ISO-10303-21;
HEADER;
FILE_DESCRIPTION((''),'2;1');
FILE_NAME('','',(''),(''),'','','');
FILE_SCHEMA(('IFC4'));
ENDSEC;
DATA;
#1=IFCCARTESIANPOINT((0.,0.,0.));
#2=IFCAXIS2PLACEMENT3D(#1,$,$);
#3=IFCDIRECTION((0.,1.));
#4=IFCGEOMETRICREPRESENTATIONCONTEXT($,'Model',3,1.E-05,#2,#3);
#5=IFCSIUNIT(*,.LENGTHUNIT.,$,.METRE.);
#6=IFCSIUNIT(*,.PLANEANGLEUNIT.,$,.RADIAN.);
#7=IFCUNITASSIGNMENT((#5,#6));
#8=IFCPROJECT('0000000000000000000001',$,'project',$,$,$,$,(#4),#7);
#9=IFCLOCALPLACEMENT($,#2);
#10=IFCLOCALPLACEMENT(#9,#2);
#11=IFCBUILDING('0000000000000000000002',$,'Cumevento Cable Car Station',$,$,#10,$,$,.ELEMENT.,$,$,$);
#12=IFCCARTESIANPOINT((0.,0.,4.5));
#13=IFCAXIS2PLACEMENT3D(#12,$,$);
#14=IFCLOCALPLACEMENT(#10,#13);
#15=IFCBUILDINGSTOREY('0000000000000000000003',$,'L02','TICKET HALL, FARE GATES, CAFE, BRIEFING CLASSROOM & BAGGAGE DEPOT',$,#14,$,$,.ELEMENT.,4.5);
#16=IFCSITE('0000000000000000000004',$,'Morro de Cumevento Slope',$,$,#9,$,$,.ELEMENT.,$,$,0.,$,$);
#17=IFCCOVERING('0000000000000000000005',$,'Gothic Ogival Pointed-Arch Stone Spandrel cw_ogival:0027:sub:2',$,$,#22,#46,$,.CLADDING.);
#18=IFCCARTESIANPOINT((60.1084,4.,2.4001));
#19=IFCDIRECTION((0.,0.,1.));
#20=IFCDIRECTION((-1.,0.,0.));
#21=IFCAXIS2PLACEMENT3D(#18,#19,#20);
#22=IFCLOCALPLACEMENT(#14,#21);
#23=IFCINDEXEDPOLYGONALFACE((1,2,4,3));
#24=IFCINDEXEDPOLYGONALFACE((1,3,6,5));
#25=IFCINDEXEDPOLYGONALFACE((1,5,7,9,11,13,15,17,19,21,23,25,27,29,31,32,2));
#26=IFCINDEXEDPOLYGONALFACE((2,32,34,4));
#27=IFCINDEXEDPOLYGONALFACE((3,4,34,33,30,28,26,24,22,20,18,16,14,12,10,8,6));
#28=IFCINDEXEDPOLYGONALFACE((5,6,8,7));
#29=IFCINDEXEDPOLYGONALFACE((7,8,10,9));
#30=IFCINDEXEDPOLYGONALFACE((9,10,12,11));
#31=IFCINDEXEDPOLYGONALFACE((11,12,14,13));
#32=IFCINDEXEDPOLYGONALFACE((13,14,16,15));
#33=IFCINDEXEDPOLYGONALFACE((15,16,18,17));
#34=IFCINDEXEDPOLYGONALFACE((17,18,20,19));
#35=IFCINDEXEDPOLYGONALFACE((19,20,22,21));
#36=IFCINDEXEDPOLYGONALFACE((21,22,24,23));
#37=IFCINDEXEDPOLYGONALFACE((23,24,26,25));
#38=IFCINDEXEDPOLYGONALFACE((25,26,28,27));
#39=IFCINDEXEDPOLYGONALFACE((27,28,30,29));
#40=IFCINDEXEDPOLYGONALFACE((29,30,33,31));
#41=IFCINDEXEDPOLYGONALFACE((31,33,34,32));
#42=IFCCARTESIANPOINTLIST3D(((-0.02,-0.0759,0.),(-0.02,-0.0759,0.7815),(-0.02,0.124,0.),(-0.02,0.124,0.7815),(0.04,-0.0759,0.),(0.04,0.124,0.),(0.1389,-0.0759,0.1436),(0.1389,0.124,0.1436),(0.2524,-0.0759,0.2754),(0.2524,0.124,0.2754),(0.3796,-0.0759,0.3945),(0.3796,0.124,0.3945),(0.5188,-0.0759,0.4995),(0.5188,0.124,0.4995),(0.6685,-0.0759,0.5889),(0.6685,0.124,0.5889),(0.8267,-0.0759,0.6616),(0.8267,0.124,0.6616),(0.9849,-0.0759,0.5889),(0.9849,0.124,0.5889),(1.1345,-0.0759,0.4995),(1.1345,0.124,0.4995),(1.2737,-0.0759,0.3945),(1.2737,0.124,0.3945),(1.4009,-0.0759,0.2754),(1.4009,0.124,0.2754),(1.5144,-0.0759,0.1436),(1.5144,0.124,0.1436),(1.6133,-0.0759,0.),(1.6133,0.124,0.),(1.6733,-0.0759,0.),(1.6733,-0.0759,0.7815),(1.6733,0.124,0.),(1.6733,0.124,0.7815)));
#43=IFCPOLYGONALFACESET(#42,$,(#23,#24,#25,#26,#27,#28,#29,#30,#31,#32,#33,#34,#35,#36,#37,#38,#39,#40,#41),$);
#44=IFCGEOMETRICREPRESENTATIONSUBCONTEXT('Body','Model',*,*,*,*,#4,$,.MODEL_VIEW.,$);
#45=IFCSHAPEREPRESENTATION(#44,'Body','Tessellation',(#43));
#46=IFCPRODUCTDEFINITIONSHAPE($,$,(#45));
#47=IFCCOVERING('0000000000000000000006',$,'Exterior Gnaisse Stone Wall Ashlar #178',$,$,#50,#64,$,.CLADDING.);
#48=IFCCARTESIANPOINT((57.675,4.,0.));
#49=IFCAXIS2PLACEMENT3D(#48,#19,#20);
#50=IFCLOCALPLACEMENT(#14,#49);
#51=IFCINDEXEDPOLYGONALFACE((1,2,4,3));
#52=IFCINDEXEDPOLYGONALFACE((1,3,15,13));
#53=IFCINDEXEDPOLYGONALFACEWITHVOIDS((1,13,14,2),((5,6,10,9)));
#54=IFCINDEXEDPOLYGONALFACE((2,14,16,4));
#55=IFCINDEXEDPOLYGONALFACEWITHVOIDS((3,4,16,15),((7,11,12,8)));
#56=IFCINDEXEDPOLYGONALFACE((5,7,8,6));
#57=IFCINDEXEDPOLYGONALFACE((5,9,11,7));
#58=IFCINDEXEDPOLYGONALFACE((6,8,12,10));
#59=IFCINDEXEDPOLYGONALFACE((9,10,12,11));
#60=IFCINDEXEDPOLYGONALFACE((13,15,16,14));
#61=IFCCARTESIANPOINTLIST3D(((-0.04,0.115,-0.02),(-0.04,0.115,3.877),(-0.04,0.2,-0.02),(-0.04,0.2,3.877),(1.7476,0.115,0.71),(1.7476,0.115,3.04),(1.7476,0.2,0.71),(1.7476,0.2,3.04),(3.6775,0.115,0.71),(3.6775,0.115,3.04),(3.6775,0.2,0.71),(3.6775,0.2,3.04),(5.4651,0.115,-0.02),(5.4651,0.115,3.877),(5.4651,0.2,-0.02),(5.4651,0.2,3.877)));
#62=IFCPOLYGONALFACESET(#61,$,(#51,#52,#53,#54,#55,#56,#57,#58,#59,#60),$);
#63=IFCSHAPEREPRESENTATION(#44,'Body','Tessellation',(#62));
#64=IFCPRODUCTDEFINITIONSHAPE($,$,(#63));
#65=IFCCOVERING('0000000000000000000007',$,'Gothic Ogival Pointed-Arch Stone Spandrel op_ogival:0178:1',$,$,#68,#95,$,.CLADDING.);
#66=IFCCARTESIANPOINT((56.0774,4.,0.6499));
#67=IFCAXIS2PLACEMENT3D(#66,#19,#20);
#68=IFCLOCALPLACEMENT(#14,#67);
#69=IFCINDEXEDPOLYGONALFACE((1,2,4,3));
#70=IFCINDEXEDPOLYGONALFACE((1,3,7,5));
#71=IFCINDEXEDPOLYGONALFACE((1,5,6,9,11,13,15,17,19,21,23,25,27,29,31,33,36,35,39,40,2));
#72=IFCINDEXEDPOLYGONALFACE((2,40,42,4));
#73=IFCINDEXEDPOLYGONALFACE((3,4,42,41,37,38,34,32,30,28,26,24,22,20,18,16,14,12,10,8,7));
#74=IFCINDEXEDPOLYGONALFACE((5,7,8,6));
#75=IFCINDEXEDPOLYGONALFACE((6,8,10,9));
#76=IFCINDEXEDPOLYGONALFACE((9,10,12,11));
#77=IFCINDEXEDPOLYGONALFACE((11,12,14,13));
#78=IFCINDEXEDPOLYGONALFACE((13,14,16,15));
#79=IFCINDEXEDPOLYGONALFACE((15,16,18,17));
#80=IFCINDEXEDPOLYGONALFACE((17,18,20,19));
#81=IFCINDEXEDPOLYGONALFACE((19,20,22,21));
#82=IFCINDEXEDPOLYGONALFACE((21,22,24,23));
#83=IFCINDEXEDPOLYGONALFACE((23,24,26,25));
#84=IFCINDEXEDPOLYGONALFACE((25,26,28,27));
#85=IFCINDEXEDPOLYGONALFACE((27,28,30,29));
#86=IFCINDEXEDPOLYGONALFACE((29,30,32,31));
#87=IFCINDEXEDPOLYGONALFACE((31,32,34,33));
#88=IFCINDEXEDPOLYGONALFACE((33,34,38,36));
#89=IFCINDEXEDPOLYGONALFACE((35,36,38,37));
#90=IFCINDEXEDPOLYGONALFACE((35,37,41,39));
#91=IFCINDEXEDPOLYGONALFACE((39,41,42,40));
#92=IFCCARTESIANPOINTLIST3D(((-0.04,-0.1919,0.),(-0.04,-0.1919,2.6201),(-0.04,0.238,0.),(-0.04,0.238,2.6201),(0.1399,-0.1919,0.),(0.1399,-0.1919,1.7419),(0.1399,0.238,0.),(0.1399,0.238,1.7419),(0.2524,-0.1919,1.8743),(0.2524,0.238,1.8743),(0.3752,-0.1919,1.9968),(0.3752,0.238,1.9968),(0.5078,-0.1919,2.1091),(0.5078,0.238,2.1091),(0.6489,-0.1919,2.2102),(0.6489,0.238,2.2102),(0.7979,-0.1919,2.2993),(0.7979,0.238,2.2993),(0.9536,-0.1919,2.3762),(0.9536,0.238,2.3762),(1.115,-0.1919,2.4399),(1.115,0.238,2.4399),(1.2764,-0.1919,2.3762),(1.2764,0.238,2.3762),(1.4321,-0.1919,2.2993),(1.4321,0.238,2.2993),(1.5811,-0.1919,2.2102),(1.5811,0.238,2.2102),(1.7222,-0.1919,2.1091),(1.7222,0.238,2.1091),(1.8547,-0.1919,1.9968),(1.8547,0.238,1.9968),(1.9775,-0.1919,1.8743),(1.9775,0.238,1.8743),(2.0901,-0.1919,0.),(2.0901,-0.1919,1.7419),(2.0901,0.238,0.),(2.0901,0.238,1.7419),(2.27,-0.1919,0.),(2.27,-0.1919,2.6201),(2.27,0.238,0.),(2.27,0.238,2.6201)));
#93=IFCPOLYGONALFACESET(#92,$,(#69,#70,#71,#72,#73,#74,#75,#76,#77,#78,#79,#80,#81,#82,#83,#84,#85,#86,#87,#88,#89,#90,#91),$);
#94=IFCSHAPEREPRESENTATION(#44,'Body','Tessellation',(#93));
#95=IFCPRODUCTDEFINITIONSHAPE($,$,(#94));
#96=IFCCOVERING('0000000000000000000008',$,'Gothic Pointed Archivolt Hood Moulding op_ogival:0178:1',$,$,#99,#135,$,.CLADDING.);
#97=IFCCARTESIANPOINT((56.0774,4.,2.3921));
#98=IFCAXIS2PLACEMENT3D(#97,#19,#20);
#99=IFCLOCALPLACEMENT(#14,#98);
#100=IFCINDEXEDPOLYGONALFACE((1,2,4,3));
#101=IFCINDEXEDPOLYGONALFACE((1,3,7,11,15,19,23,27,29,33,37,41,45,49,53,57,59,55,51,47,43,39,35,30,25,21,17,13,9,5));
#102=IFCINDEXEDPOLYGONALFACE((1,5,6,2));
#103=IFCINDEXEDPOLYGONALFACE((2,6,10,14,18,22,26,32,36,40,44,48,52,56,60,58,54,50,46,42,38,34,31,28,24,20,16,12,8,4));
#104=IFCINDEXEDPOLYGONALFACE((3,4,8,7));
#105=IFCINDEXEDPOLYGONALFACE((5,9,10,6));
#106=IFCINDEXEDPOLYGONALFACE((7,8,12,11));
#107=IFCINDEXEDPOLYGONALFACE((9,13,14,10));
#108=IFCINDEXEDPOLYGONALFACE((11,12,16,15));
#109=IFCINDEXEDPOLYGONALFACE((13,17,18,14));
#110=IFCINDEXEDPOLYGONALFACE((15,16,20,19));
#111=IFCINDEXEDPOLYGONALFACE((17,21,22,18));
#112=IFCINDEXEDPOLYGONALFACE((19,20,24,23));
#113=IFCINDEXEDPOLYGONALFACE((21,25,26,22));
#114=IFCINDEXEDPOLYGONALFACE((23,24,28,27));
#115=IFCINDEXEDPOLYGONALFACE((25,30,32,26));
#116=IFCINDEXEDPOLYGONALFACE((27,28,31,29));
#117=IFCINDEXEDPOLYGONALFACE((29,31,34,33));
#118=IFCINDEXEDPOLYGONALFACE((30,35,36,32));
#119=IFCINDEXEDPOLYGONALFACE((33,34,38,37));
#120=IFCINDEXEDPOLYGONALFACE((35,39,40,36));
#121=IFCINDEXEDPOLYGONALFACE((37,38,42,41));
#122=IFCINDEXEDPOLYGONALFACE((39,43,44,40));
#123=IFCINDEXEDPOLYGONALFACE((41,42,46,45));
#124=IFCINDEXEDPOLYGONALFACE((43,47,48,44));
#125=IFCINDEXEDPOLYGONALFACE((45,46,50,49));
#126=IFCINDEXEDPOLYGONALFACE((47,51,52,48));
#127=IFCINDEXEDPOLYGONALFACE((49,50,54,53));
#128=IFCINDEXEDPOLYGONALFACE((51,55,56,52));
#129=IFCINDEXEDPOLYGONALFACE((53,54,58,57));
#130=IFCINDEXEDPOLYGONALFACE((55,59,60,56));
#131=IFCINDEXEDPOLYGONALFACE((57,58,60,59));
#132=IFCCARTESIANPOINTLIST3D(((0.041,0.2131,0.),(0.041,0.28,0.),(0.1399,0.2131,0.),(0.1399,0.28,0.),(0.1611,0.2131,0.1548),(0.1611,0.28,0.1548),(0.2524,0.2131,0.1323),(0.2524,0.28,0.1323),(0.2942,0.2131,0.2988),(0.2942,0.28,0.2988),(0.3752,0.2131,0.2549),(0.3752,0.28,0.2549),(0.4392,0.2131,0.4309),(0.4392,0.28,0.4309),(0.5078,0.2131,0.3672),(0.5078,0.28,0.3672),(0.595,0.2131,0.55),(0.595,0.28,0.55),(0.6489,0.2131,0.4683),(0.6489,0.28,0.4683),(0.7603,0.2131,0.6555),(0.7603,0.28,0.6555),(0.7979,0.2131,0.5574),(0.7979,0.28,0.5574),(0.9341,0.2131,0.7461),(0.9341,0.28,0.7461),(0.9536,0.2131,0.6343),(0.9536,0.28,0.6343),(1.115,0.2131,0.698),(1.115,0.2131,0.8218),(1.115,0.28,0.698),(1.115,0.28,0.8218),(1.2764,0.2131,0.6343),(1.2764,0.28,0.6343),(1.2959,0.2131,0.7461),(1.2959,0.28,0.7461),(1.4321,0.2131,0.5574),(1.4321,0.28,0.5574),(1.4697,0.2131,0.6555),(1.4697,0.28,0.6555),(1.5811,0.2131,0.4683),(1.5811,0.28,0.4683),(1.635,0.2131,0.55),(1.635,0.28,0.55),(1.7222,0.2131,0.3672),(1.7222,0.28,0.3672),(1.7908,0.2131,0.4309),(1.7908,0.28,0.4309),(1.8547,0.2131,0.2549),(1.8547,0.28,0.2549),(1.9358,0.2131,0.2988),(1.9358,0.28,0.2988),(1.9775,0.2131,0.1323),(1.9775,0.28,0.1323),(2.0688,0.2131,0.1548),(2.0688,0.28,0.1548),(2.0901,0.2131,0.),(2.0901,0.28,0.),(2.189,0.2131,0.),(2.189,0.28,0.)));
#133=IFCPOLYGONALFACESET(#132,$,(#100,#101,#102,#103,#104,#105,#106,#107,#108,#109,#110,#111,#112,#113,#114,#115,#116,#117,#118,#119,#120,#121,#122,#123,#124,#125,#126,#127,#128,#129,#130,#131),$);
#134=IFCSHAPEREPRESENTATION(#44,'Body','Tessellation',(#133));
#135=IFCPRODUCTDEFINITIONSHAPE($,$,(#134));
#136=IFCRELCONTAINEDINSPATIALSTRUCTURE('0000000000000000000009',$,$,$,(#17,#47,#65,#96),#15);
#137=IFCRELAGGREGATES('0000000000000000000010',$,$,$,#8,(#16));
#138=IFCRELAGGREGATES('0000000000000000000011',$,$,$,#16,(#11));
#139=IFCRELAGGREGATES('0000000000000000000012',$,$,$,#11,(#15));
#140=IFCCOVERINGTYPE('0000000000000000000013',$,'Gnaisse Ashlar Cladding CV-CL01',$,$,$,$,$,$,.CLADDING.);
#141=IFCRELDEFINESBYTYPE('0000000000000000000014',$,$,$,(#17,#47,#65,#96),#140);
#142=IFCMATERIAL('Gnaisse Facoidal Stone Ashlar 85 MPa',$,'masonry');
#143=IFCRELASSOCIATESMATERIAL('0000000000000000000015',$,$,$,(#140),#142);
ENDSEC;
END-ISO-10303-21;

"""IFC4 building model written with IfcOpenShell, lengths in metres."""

from ifc_helpers import new_model, si_unit, direction, frame, origin, place, context, subcontext, project, spatial, polyline, outline, extrude, material, type_object, element, save


model = new_model("IFC4")

# Units and contexts
model_context = context("Model", 3, precision=1e-05, world=origin(), true_north=direction((0.0, 1.0)))
body_context = subcontext(model_context, "Body", "Model", "MODEL_VIEW")
ifc_project = project(units=[si_unit("LENGTHUNIT", "METRE"), si_unit("PLANEANGLEUNIT", "RADIAN")], contexts=[model_context])

# Site, building, storey
site_placement = place(None, origin())
site = spatial("IfcSite", under=ifc_project, at=site_placement, Name="Morro de Cumevento Slope", CompositionType="ELEMENT", RefElevation=0.0)
building_placement = place(site_placement, origin())
building = spatial("IfcBuilding", under=site, at=building_placement, Name="Cumevento Cable Car Station", CompositionType="ELEMENT")
storey_placement = place(building_placement, frame((0.0, 0.0, 4.5)))
storey = spatial("IfcBuildingStorey", under=building, at=storey_placement, Name="L02", Description="TICKET HALL, FARE GATES, CAFE, BRIEFING CLASSROOM & BAGGAGE DEPOT", CompositionType="ELEMENT", Elevation=4.5)

# Coverings
ifc_material_1 = material(Name="Gnaisse Facoidal Stone Ashlar 85 MPa", Category="masonry")
covering_type = type_object("IfcCoveringType", Name="Gnaisse Ashlar Cladding CV-CL01", PredefinedType="CLADDING", material=ifc_material_1)
covering_1_placement = place(storey_placement, frame((60.1084, 4.0, 2.4001), z_axis=(0.0, 0.0, 1.0), x_axis=(-1.0, 0.0, 0.0)))
element("IfcCovering", 1, at=covering_1_placement, inside=storey, type_object=covering_type, Name="Gothic Ogival Pointed-Arch Stone Spandrel cw_ogival:0027:sub:2", PredefinedType="CLADDING", context=body_context, shape_type="SweptSolid", body=[
    extrude(outline(polyline([(-0.02, 0.0), (-0.02, 0.7815), (1.6733, 0.7815), (1.6733, 0.0), (1.6133, 0.0), (1.5144, 0.1436), (1.4009, 0.2754), (1.2737, 0.3945), (1.1345, 0.4995), (0.9849, 0.5889), (0.8267, 0.6616), (0.6685, 0.5889), (0.5188, 0.4995), (0.3796, 0.3945), (0.2524, 0.2754), (0.1389, 0.1436), (0.04, 0.0), (-0.02, 0.0)])), frame((0.0, 0.124, 0.0), z_axis=(0.0, -1.0, 0.0), x_axis=(1.0, 0.0, 0.0)), (0.0, 0.0, 1.0), 0.2),
])
covering_2_placement = place(storey_placement, frame((57.675, 4.0, 0.0), z_axis=(0.0, 0.0, 1.0), x_axis=(-1.0, 0.0, 0.0)))
element("IfcCovering", 2, at=covering_2_placement, inside=storey, type_object=covering_type, Name="Exterior Gnaisse Stone Wall Ashlar #178", PredefinedType="CLADDING", context=body_context, shape_type="SweptSolid", body=[
    extrude(outline(polyline([(-0.04, -0.02), (5.4651, -0.02), (5.4651, 3.877), (-0.04, 3.877), (-0.04, -0.02)]), holes=[polyline([(1.7476, 0.71), (3.6775, 0.71), (3.6775, 3.04), (1.7476, 3.04), (1.7476, 0.71)])]), frame((0.0, 0.2, 0.0), z_axis=(0.0, -1.0, 0.0), x_axis=(1.0, 0.0, 0.0)), (0.0, 0.0, 1.0), 0.085),
])
covering_3_placement = place(storey_placement, frame((56.0774, 4.0, 0.6499), z_axis=(0.0, 0.0, 1.0), x_axis=(-1.0, 0.0, 0.0)))
element("IfcCovering", 3, at=covering_3_placement, inside=storey, type_object=covering_type, Name="Gothic Ogival Pointed-Arch Stone Spandrel op_ogival:0178:1", PredefinedType="CLADDING", context=body_context, shape_type="SweptSolid", body=[
    extrude(outline(polyline([(-0.04, 0.0), (-0.04, 2.6201), (2.27, 2.6201), (2.27, 0.0), (2.0901, 0.0), (2.0901, 1.7419), (1.9775, 1.8743), (1.8547, 1.9968), (1.7222, 2.1091), (1.5811, 2.2102), (1.4321, 2.2993), (1.2764, 2.3762), (1.115, 2.4399), (0.9536, 2.3762), (0.7979, 2.2993), (0.6489, 2.2102), (0.5078, 2.1091), (0.3752, 1.9968), (0.2524, 1.8743), (0.1399, 1.7419), (0.1399, 0.0), (-0.04, 0.0)])), frame((0.0, 0.238, 0.0), z_axis=(0.0, -1.0, 0.0), x_axis=(1.0, 0.0, 0.0)), (0.0, 0.0, 1.0), 0.4299),
])
covering_4_placement = place(storey_placement, frame((56.0774, 4.0, 2.3921), z_axis=(0.0, 0.0, 1.0), x_axis=(-1.0, 0.0, 0.0)))
element("IfcCovering", 4, at=covering_4_placement, inside=storey, type_object=covering_type, Name="Gothic Pointed Archivolt Hood Moulding op_ogival:0178:1", PredefinedType="CLADDING", context=body_context, shape_type="SweptSolid", body=[
    extrude(outline(polyline([(0.1399, 0.0), (0.2524, 0.1323), (0.3752, 0.2549), (0.5078, 0.3672), (0.6489, 0.4683), (0.7979, 0.5574), (0.9536, 0.6343), (1.115, 0.698), (1.2764, 0.6343), (1.4321, 0.5574), (1.5811, 0.4683), (1.7222, 0.3672), (1.8547, 0.2549), (1.9775, 0.1323), (2.0901, 0.0), (2.189, 0.0), (2.0688, 0.1548), (1.9358, 0.2988), (1.7908, 0.4309), (1.635, 0.55), (1.4697, 0.6555), (1.2959, 0.7461), (1.115, 0.8218), (0.9341, 0.7461), (0.7603, 0.6555), (0.595, 0.55), (0.4392, 0.4309), (0.2942, 0.2988), (0.1611, 0.1548), (0.041, 0.0), (0.1399, 0.0)])), frame((0.0, 0.28, 0.0), z_axis=(0.0, -1.0, 0.0), x_axis=(1.0, 0.0, 0.0)), (0.0, 0.0, 1.0), 0.0669),
])

save(model, "model.ifc")
